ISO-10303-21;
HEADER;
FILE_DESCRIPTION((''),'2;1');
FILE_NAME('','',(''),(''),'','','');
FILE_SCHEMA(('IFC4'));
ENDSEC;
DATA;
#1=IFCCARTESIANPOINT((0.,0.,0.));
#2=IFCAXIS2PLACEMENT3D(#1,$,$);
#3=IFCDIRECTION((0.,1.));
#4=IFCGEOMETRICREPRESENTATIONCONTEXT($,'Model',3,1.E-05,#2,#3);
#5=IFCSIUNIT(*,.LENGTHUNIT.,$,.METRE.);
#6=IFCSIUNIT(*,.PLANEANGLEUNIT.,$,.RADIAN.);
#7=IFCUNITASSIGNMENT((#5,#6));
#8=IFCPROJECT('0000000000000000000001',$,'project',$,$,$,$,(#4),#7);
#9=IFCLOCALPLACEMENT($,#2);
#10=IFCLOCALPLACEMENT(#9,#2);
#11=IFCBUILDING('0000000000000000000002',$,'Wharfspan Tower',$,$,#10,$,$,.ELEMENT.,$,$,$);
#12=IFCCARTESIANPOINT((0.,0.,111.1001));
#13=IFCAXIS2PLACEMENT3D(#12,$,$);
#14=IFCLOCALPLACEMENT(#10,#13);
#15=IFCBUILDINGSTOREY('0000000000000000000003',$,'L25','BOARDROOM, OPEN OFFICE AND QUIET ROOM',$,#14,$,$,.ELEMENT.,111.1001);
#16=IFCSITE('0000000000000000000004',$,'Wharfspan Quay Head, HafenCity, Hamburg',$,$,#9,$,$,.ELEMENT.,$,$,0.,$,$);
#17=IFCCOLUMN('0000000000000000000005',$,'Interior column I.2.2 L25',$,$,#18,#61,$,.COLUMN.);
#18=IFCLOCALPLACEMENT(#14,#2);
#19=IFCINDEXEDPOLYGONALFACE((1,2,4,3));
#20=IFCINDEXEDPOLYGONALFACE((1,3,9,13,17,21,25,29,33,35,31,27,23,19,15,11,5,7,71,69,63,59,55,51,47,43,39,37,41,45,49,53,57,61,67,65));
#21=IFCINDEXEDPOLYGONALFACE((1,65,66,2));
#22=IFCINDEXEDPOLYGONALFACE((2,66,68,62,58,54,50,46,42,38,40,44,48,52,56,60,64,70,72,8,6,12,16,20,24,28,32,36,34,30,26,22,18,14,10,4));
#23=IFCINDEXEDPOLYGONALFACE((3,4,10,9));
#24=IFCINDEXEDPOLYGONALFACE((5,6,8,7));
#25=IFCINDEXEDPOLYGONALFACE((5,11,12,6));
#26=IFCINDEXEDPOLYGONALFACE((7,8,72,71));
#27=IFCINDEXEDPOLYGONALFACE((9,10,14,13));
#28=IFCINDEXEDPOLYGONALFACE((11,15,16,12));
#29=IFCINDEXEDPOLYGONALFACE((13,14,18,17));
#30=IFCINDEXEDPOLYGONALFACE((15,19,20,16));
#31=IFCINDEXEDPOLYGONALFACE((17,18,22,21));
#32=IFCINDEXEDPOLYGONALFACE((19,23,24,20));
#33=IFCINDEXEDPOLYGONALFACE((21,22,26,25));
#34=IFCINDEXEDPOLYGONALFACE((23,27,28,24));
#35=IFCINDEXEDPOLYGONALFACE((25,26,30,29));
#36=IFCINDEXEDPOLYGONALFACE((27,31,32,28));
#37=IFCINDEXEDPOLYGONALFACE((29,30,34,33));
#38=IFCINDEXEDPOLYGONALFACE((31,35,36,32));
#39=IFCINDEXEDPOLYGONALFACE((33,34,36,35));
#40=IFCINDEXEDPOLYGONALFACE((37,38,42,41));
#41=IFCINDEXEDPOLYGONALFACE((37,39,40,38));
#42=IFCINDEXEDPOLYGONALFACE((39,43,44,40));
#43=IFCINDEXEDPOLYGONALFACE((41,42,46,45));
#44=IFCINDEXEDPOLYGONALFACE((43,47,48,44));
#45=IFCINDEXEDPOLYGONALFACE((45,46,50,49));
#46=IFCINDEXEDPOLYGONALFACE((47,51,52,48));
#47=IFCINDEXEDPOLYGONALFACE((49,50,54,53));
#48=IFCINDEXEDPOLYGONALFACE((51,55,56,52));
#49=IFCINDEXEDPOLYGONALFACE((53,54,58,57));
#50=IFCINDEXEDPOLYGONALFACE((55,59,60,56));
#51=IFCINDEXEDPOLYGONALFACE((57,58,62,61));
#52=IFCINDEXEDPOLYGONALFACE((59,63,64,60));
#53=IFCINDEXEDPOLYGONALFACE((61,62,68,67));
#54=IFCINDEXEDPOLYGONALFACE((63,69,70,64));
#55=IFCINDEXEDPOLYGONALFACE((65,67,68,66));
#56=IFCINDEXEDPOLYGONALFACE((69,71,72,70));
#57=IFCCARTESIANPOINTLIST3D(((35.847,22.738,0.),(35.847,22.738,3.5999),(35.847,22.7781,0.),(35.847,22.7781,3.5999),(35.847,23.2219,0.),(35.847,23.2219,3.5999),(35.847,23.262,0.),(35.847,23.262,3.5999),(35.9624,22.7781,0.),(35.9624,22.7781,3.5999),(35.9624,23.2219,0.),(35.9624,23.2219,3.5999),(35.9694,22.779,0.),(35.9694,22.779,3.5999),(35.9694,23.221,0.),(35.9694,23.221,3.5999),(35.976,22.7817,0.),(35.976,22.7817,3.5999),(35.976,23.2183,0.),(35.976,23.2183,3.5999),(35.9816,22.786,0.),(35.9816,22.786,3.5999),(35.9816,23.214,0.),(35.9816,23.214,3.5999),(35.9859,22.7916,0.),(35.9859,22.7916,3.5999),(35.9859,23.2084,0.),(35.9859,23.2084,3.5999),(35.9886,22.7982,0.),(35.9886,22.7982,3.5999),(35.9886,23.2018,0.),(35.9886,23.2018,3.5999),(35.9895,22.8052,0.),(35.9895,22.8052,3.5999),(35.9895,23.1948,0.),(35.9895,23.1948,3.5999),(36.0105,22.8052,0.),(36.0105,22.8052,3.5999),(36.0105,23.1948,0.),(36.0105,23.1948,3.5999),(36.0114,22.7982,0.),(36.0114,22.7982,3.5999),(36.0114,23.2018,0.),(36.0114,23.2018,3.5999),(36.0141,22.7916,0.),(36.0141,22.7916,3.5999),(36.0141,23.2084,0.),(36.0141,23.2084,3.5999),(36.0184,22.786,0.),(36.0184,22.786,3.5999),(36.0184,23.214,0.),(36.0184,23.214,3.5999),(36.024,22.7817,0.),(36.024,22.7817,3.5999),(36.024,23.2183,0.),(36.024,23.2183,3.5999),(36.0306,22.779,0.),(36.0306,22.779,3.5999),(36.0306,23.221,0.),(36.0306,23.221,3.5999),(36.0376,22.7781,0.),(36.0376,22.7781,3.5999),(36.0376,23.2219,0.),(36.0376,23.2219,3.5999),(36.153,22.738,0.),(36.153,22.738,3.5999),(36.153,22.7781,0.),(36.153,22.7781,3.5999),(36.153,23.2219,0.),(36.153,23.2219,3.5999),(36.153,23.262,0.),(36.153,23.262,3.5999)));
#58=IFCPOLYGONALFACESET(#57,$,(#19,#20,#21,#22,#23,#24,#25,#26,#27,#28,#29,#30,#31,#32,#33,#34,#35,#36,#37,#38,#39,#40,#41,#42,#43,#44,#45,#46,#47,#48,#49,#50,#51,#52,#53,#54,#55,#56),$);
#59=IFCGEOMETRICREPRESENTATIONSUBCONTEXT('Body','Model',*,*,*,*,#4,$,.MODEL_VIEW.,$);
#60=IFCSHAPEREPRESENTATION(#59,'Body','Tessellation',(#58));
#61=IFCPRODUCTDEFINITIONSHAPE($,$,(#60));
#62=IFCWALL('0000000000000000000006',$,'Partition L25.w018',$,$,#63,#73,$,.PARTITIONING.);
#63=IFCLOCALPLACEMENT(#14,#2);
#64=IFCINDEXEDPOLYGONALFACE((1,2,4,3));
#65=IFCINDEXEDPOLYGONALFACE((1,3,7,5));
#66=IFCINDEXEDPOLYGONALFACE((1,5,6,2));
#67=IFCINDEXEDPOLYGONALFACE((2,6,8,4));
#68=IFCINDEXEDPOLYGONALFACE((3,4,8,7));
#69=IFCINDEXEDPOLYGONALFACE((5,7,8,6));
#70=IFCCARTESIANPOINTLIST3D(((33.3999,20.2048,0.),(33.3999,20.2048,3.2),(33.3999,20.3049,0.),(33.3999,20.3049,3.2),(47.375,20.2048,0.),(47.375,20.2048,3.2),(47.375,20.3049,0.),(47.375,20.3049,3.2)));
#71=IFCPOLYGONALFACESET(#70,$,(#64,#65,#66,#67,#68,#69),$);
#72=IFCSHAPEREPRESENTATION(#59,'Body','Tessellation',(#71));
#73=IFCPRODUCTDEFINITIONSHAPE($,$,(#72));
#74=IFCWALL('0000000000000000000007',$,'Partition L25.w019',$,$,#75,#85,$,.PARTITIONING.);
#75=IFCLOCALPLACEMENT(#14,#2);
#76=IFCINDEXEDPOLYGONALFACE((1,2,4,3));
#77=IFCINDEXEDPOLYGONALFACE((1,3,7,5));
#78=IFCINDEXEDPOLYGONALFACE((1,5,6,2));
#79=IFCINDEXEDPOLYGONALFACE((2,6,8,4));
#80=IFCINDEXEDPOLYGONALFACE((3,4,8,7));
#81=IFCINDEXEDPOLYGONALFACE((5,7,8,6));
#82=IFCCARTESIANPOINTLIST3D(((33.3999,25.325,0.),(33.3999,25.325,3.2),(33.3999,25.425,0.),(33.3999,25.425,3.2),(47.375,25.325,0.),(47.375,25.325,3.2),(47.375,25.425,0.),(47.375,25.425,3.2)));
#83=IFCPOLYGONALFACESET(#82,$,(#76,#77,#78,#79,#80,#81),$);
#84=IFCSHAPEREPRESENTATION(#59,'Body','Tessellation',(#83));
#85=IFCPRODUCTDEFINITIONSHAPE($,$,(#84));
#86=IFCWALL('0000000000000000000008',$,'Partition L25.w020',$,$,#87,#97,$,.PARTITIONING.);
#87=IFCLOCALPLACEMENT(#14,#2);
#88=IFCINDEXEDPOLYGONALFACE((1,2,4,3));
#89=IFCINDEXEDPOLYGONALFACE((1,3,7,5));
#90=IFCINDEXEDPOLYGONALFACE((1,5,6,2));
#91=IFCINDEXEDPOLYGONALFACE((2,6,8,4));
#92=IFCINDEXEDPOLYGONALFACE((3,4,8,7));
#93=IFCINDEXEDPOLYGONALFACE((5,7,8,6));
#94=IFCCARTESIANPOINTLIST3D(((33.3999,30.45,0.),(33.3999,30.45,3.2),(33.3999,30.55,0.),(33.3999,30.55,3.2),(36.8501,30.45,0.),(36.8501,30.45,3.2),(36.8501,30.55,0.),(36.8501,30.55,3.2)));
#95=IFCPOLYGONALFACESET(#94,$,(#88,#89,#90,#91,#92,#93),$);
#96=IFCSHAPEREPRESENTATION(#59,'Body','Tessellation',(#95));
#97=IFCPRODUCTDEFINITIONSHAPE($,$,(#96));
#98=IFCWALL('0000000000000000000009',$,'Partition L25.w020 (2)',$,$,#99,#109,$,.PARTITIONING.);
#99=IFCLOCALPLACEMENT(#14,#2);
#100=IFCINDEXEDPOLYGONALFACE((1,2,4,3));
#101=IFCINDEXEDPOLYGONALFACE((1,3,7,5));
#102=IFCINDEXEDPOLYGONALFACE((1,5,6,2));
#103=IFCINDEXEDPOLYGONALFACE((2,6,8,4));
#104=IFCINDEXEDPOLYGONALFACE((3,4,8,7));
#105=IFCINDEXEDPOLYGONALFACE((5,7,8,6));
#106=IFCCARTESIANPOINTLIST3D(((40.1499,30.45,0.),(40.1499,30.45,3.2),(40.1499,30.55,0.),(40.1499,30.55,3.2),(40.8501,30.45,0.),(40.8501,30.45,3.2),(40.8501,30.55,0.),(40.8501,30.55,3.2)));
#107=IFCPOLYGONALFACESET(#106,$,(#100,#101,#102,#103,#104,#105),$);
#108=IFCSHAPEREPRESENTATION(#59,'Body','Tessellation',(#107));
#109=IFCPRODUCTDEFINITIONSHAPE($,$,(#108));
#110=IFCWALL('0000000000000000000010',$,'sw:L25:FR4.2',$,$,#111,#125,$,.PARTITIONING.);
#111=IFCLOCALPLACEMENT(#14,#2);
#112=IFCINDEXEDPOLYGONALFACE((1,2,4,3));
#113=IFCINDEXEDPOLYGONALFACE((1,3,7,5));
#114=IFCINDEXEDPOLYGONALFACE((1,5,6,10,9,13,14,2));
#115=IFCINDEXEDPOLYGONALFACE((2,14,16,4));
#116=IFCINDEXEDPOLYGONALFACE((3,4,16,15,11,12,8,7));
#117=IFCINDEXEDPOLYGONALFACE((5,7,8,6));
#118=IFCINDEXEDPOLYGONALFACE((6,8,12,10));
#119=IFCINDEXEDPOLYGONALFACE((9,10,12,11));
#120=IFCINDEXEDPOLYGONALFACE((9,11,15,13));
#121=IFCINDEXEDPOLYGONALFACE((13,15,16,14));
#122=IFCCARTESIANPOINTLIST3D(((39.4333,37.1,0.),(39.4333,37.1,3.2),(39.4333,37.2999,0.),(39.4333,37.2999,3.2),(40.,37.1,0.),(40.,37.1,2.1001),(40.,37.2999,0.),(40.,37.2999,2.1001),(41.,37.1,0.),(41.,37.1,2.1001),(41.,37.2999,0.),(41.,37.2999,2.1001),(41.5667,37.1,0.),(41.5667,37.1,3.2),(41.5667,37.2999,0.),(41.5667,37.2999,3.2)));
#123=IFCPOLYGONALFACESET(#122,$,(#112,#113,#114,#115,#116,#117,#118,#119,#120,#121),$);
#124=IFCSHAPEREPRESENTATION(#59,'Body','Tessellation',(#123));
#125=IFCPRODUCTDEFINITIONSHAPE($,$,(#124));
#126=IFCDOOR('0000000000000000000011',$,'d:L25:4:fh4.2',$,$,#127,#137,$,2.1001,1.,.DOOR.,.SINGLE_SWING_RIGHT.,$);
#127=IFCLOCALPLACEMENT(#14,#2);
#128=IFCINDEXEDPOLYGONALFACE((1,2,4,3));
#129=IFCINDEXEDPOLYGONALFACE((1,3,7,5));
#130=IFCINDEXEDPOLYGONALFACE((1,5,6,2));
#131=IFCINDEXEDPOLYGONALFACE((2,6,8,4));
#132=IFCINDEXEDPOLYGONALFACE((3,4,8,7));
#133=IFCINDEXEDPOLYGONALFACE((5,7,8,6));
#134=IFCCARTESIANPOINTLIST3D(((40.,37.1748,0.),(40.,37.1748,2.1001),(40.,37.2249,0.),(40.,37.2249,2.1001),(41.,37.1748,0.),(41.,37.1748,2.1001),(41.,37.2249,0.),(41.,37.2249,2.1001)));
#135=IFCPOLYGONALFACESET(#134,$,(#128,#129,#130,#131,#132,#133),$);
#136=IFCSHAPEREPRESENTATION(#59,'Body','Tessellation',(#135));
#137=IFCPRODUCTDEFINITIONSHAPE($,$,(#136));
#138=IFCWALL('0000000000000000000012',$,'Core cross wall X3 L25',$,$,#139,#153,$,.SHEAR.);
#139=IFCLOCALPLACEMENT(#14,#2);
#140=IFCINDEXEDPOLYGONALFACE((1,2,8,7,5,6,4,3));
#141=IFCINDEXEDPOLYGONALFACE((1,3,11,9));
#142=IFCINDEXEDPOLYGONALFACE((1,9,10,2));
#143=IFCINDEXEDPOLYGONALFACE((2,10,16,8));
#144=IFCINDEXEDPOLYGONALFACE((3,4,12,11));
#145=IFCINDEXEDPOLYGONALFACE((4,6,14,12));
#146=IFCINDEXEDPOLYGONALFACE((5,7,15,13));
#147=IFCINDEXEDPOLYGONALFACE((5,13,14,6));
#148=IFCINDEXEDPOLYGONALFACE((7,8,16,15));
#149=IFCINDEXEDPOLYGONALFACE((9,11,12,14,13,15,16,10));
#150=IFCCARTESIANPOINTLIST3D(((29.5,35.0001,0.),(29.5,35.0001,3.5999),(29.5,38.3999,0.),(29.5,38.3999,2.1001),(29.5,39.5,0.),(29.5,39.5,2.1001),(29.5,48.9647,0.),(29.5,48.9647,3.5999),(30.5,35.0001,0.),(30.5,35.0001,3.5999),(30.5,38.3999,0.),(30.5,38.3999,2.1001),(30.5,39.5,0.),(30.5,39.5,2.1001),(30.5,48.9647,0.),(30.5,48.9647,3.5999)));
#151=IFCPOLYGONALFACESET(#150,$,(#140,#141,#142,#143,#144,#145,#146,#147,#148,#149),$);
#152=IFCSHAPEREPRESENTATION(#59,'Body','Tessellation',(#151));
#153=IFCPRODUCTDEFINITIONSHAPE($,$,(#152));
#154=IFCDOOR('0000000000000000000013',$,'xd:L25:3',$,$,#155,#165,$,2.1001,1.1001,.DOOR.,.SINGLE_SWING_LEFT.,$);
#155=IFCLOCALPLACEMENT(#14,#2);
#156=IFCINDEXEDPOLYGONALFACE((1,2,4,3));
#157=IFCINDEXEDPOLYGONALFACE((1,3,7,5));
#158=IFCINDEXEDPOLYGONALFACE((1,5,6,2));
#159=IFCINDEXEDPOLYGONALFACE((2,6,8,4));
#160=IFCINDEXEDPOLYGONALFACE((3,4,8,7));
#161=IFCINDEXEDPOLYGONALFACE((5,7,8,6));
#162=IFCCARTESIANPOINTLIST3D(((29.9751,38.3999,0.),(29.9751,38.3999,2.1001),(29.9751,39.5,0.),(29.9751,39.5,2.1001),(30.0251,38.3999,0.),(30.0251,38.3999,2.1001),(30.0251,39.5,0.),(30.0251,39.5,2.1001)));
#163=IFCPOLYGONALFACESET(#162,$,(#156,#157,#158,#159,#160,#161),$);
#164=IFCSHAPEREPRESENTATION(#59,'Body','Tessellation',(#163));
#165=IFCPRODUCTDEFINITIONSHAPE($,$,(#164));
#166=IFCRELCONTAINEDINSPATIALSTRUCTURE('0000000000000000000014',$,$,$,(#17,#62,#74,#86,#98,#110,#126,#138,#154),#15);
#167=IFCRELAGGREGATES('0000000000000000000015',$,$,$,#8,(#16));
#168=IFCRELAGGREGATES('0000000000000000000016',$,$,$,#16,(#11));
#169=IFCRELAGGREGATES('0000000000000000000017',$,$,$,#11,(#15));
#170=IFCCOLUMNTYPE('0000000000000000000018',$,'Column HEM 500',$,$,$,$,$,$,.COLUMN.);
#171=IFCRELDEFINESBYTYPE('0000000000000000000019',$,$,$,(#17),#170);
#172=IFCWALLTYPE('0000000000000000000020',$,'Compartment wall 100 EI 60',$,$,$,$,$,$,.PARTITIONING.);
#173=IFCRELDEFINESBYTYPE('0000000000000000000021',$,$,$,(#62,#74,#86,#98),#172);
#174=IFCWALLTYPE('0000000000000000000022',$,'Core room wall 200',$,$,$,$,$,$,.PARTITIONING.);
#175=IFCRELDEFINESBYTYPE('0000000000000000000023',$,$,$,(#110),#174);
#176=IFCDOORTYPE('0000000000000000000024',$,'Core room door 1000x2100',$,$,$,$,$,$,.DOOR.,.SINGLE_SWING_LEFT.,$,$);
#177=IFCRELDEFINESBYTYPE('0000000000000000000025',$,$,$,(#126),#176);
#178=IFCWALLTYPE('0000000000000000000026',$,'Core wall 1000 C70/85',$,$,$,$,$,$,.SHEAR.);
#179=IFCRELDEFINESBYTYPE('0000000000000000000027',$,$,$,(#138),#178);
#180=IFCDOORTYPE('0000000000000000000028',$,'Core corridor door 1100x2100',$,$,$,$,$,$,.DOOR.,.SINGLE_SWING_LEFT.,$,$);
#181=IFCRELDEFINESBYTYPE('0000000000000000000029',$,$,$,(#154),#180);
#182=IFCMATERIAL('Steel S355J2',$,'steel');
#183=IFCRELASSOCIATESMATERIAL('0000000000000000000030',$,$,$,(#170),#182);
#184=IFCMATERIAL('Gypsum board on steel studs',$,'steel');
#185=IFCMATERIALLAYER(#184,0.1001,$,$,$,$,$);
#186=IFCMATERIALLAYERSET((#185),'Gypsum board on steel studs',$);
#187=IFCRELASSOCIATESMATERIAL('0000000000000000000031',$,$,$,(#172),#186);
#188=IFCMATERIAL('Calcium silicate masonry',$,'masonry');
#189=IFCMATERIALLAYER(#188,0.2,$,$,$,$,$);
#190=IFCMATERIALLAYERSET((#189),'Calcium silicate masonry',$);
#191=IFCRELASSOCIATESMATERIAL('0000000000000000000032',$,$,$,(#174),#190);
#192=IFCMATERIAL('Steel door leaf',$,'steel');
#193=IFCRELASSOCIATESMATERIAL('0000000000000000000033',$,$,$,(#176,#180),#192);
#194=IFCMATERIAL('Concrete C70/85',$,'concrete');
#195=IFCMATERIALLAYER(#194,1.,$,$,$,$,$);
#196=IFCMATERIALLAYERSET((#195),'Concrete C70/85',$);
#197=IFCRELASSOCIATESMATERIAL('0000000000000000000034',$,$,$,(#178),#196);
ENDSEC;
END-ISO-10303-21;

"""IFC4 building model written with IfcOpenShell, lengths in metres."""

from ifc_helpers import new_model, si_unit, direction, frame, frame_2d, origin, origin_2d, place, context, subcontext, project, spatial, rectangle, i_section, extrude, material, layer, layer_set, material_profile, profile_set, type_object, element, fill, save


model = new_model("IFC4")

# Units and contexts
model_context = context("Model", 3, precision=1e-05, world=origin(), true_north=direction((0.0, 1.0)))
body_context = subcontext(model_context, "Body", "Model", "MODEL_VIEW")
ifc_project = project(units=[si_unit("LENGTHUNIT", "METRE"), si_unit("PLANEANGLEUNIT", "RADIAN")], contexts=[model_context])

# Site, building, storey
site_placement = place(None, origin())
site = spatial("IfcSite", under=ifc_project, at=site_placement, Name="Wharfspan Quay Head, HafenCity, Hamburg", CompositionType="ELEMENT", RefElevation=0.0)
building_placement = place(site_placement, origin())
building = spatial("IfcBuilding", under=site, at=building_placement, Name="Wharfspan Tower", CompositionType="ELEMENT")
storey_placement = place(building_placement, frame((0.0, 0.0, 111.1001)))
storey = spatial("IfcBuildingStorey", under=building, at=storey_placement, Name="L25", Description="BOARDROOM, OPEN OFFICE AND QUIET ROOM", CompositionType="ELEMENT", Elevation=111.1001)

# Column
ifc_material_1 = material(Name="Steel S355J2", Category="steel")
ifc_material_profile = material_profile(ifc_material_1, i_section(OverallWidth=0.3059, OverallDepth=0.5239, WebThickness=0.021, FlangeThickness=0.04, FilletRadius=0.0271, at=origin_2d()))
ifc_profile_set = profile_set([ifc_material_profile], Name="Steel S355J2")
column_type = type_object("IfcColumnType", Name="Column HEM 500", PredefinedType="COLUMN", material=ifc_profile_set)
column_placement = place(storey_placement, frame((36.0, 23.0, 0.0), z_axis=(0.0, 0.0, 1.0), x_axis=(1.0, 0.0, 0.0)))
element("IfcColumn", 1, at=column_placement, inside=storey, type_object=column_type, Name="Interior column I.2.2 L25", PredefinedType="COLUMN", context=body_context, shape_type="SweptSolid", body=[
    extrude(i_section(OverallWidth=0.3059, OverallDepth=0.5239, WebThickness=0.021, FlangeThickness=0.04, FilletRadius=0.0271, at=origin_2d()), origin(), (0.0, 0.0, 1.0), 3.5999),
])

# Walls
ifc_material_2 = material(Name="Gypsum board on steel studs", Category="steel")
ifc_layer_1 = layer(ifc_material_2, 0.1001)
ifc_layer_set_1 = layer_set([ifc_layer_1], Name="Gypsum board on steel studs")
wall_type_1 = type_object("IfcWallType", Name="Compartment wall 100 EI 60", PredefinedType="PARTITIONING", material=ifc_layer_set_1)
for number, where, z_axis, x_axis, name in (
    (2, (33.3999, 20.2549, 0.0), (0.0, 0.0, 1.0), (1.0, 0.0, 0.0), "Partition L25.w018"),
    (3, (33.3999, 25.375, 0.0), (0.0, 0.0, 1.0), (1.0, 0.0, 0.0), "Partition L25.w019"),
):
    element("IfcWall", number, at=place(storey_placement, frame(where, z_axis=z_axis, x_axis=x_axis)), inside=storey, type_object=wall_type_1, Name=name, PredefinedType="PARTITIONING", context=body_context, shape_type="SweptSolid", body=[
        extrude(rectangle(XDim=13.9751, YDim=0.1001, at=frame_2d((6.9875, 0.0))), origin(), (0.0, 0.0, 1.0), 3.2),
    ])
wall_1_placement = place(storey_placement, frame((33.3999, 30.5, 0.0), z_axis=(0.0, 0.0, 1.0), x_axis=(1.0, 0.0, 0.0)))
element("IfcWall", 4, at=wall_1_placement, inside=storey, type_object=wall_type_1, Name="Partition L25.w020", PredefinedType="PARTITIONING", context=body_context, shape_type="SweptSolid", body=[
    extrude(rectangle(XDim=3.4502, YDim=0.1001, at=frame_2d((1.7251, 0.0))), origin(), (0.0, 0.0, 1.0), 3.2),
])
wall_2_placement = place(storey_placement, frame((40.1499, 30.5, 0.0), z_axis=(0.0, 0.0, 1.0), x_axis=(1.0, 0.0, 0.0)))
element("IfcWall", 5, at=wall_2_placement, inside=storey, type_object=wall_type_1, Name="Partition L25.w020 (2)", PredefinedType="PARTITIONING", context=body_context, shape_type="SweptSolid", body=[
    extrude(rectangle(XDim=0.7002, YDim=0.1001, at=frame_2d((0.3501, 0.0))), origin(), (0.0, 0.0, 1.0), 3.2),
])

# Walls, openings, doors
ifc_material_3 = material(Name="Calcium silicate masonry", Category="masonry")
ifc_layer_2 = layer(ifc_material_3, 0.2)
ifc_layer_set_2 = layer_set([ifc_layer_2], Name="Calcium silicate masonry")
wall_type_2 = type_object("IfcWallType", Name="Core room wall 200", PredefinedType="PARTITIONING", material=ifc_layer_set_2)
wall_3_placement = place(storey_placement, frame((39.4333, 37.2, 0.0), z_axis=(0.0, 0.0, 1.0), x_axis=(1.0, 0.0, 0.0)))
wall_3 = element("IfcWall", 6, at=wall_3_placement, inside=storey, type_object=wall_type_2, Name="sw:L25:FR4.2", PredefinedType="PARTITIONING", context=body_context, shape_type="SweptSolid", body=[
    extrude(rectangle(XDim=2.1333, YDim=0.2, at=frame_2d((1.0667, 0.0))), origin(), (0.0, 0.0, 1.0), 3.2),
])
opening_1_placement = place(wall_3_placement, frame((0.5666, 0.0, 0.0)))
opening_1 = element("IfcOpeningElement", 7, at=opening_1_placement, cuts=wall_3, PredefinedType="OPENING", context=body_context, shape_type="SweptSolid", body=[
    extrude(rectangle(XDim=1.0, YDim=2.1001, at=frame_2d((0.5, 1.05))), frame((0.0, 0.1099, 0.0), z_axis=(0.0, -1.0, 0.0), x_axis=(1.0, 0.0, 0.0)), (0.0, 0.0, 1.0), 0.22),
])
ifc_material_4 = material(Name="Steel door leaf", Category="steel")
door_type_1 = type_object("IfcDoorType", Name="Core room door 1000x2100", OperationType="SINGLE_SWING_LEFT", PredefinedType="DOOR", material=ifc_material_4)
door_1_placement = place(opening_1_placement, origin())
door_1 = element("IfcDoor", 8, at=door_1_placement, inside=storey, type_object=door_type_1, Name="d:L25:4:fh4.2", OperationType="SINGLE_SWING_RIGHT", OverallHeight=2.1001, OverallWidth=1.0, PredefinedType="DOOR", context=body_context, shape_type="SweptSolid", body=[
    extrude(rectangle(XDim=1.0, YDim=2.1001, at=frame_2d((0.5, 1.05))), frame((0.0, 0.0249, 0.0), z_axis=(0.0, -1.0, 0.0), x_axis=(1.0, 0.0, 0.0)), (0.0, 0.0, 1.0), 0.05),
])
fill(opening_1, door_1)
ifc_material_5 = material(Name="Concrete C70/85", Category="concrete")
ifc_layer_3 = layer(ifc_material_5, 1.0)
ifc_layer_set_3 = layer_set([ifc_layer_3], Name="Concrete C70/85")
wall_type_3 = type_object("IfcWallType", Name="Core wall 1000 C70/85", PredefinedType="SHEAR", material=ifc_layer_set_3)
wall_4_placement = place(storey_placement, frame((30.0, 35.0, 0.0), z_axis=(0.0, 0.0, 1.0), x_axis=(0.0, 1.0, 0.0)))
wall_4 = element("IfcWall", 9, at=wall_4_placement, inside=storey, type_object=wall_type_3, Name="Core cross wall X3 L25", PredefinedType="SHEAR", context=body_context, shape_type="SweptSolid", body=[
    extrude(rectangle(XDim=13.9646, YDim=1.0, at=frame_2d((6.9824, 0.0))), origin(), (0.0, 0.0, 1.0), 3.5999),
])
opening_2_placement = place(wall_4_placement, frame((3.3999, 0.0, 0.0)))
opening_2 = element("IfcOpeningElement", 10, at=opening_2_placement, cuts=wall_4, PredefinedType="OPENING", context=body_context, shape_type="SweptSolid", body=[
    extrude(rectangle(XDim=1.1001, YDim=2.1001, at=frame_2d((0.55, 1.05))), frame((0.0, 0.51, 0.0), z_axis=(0.0, -1.0, 0.0), x_axis=(1.0, 0.0, 0.0)), (0.0, 0.0, 1.0), 1.02),
])
door_type_2 = type_object("IfcDoorType", Name="Core corridor door 1100x2100", OperationType="SINGLE_SWING_LEFT", PredefinedType="DOOR", material=ifc_material_4)
door_2_placement = place(opening_2_placement, origin())
door_2 = element("IfcDoor", 11, at=door_2_placement, inside=storey, type_object=door_type_2, Name="xd:L25:3", OperationType="SINGLE_SWING_LEFT", OverallHeight=2.1001, OverallWidth=1.1001, PredefinedType="DOOR", context=body_context, shape_type="SweptSolid", body=[
    extrude(rectangle(XDim=1.1001, YDim=2.1001, at=frame_2d((0.55, 1.05))), frame((0.0, 0.0249, 0.0), z_axis=(0.0, -1.0, 0.0), x_axis=(1.0, 0.0, 0.0)), (0.0, 0.0, 1.0), 0.05),
])
fill(opening_2, door_2)

save(model, "model.ifc")
